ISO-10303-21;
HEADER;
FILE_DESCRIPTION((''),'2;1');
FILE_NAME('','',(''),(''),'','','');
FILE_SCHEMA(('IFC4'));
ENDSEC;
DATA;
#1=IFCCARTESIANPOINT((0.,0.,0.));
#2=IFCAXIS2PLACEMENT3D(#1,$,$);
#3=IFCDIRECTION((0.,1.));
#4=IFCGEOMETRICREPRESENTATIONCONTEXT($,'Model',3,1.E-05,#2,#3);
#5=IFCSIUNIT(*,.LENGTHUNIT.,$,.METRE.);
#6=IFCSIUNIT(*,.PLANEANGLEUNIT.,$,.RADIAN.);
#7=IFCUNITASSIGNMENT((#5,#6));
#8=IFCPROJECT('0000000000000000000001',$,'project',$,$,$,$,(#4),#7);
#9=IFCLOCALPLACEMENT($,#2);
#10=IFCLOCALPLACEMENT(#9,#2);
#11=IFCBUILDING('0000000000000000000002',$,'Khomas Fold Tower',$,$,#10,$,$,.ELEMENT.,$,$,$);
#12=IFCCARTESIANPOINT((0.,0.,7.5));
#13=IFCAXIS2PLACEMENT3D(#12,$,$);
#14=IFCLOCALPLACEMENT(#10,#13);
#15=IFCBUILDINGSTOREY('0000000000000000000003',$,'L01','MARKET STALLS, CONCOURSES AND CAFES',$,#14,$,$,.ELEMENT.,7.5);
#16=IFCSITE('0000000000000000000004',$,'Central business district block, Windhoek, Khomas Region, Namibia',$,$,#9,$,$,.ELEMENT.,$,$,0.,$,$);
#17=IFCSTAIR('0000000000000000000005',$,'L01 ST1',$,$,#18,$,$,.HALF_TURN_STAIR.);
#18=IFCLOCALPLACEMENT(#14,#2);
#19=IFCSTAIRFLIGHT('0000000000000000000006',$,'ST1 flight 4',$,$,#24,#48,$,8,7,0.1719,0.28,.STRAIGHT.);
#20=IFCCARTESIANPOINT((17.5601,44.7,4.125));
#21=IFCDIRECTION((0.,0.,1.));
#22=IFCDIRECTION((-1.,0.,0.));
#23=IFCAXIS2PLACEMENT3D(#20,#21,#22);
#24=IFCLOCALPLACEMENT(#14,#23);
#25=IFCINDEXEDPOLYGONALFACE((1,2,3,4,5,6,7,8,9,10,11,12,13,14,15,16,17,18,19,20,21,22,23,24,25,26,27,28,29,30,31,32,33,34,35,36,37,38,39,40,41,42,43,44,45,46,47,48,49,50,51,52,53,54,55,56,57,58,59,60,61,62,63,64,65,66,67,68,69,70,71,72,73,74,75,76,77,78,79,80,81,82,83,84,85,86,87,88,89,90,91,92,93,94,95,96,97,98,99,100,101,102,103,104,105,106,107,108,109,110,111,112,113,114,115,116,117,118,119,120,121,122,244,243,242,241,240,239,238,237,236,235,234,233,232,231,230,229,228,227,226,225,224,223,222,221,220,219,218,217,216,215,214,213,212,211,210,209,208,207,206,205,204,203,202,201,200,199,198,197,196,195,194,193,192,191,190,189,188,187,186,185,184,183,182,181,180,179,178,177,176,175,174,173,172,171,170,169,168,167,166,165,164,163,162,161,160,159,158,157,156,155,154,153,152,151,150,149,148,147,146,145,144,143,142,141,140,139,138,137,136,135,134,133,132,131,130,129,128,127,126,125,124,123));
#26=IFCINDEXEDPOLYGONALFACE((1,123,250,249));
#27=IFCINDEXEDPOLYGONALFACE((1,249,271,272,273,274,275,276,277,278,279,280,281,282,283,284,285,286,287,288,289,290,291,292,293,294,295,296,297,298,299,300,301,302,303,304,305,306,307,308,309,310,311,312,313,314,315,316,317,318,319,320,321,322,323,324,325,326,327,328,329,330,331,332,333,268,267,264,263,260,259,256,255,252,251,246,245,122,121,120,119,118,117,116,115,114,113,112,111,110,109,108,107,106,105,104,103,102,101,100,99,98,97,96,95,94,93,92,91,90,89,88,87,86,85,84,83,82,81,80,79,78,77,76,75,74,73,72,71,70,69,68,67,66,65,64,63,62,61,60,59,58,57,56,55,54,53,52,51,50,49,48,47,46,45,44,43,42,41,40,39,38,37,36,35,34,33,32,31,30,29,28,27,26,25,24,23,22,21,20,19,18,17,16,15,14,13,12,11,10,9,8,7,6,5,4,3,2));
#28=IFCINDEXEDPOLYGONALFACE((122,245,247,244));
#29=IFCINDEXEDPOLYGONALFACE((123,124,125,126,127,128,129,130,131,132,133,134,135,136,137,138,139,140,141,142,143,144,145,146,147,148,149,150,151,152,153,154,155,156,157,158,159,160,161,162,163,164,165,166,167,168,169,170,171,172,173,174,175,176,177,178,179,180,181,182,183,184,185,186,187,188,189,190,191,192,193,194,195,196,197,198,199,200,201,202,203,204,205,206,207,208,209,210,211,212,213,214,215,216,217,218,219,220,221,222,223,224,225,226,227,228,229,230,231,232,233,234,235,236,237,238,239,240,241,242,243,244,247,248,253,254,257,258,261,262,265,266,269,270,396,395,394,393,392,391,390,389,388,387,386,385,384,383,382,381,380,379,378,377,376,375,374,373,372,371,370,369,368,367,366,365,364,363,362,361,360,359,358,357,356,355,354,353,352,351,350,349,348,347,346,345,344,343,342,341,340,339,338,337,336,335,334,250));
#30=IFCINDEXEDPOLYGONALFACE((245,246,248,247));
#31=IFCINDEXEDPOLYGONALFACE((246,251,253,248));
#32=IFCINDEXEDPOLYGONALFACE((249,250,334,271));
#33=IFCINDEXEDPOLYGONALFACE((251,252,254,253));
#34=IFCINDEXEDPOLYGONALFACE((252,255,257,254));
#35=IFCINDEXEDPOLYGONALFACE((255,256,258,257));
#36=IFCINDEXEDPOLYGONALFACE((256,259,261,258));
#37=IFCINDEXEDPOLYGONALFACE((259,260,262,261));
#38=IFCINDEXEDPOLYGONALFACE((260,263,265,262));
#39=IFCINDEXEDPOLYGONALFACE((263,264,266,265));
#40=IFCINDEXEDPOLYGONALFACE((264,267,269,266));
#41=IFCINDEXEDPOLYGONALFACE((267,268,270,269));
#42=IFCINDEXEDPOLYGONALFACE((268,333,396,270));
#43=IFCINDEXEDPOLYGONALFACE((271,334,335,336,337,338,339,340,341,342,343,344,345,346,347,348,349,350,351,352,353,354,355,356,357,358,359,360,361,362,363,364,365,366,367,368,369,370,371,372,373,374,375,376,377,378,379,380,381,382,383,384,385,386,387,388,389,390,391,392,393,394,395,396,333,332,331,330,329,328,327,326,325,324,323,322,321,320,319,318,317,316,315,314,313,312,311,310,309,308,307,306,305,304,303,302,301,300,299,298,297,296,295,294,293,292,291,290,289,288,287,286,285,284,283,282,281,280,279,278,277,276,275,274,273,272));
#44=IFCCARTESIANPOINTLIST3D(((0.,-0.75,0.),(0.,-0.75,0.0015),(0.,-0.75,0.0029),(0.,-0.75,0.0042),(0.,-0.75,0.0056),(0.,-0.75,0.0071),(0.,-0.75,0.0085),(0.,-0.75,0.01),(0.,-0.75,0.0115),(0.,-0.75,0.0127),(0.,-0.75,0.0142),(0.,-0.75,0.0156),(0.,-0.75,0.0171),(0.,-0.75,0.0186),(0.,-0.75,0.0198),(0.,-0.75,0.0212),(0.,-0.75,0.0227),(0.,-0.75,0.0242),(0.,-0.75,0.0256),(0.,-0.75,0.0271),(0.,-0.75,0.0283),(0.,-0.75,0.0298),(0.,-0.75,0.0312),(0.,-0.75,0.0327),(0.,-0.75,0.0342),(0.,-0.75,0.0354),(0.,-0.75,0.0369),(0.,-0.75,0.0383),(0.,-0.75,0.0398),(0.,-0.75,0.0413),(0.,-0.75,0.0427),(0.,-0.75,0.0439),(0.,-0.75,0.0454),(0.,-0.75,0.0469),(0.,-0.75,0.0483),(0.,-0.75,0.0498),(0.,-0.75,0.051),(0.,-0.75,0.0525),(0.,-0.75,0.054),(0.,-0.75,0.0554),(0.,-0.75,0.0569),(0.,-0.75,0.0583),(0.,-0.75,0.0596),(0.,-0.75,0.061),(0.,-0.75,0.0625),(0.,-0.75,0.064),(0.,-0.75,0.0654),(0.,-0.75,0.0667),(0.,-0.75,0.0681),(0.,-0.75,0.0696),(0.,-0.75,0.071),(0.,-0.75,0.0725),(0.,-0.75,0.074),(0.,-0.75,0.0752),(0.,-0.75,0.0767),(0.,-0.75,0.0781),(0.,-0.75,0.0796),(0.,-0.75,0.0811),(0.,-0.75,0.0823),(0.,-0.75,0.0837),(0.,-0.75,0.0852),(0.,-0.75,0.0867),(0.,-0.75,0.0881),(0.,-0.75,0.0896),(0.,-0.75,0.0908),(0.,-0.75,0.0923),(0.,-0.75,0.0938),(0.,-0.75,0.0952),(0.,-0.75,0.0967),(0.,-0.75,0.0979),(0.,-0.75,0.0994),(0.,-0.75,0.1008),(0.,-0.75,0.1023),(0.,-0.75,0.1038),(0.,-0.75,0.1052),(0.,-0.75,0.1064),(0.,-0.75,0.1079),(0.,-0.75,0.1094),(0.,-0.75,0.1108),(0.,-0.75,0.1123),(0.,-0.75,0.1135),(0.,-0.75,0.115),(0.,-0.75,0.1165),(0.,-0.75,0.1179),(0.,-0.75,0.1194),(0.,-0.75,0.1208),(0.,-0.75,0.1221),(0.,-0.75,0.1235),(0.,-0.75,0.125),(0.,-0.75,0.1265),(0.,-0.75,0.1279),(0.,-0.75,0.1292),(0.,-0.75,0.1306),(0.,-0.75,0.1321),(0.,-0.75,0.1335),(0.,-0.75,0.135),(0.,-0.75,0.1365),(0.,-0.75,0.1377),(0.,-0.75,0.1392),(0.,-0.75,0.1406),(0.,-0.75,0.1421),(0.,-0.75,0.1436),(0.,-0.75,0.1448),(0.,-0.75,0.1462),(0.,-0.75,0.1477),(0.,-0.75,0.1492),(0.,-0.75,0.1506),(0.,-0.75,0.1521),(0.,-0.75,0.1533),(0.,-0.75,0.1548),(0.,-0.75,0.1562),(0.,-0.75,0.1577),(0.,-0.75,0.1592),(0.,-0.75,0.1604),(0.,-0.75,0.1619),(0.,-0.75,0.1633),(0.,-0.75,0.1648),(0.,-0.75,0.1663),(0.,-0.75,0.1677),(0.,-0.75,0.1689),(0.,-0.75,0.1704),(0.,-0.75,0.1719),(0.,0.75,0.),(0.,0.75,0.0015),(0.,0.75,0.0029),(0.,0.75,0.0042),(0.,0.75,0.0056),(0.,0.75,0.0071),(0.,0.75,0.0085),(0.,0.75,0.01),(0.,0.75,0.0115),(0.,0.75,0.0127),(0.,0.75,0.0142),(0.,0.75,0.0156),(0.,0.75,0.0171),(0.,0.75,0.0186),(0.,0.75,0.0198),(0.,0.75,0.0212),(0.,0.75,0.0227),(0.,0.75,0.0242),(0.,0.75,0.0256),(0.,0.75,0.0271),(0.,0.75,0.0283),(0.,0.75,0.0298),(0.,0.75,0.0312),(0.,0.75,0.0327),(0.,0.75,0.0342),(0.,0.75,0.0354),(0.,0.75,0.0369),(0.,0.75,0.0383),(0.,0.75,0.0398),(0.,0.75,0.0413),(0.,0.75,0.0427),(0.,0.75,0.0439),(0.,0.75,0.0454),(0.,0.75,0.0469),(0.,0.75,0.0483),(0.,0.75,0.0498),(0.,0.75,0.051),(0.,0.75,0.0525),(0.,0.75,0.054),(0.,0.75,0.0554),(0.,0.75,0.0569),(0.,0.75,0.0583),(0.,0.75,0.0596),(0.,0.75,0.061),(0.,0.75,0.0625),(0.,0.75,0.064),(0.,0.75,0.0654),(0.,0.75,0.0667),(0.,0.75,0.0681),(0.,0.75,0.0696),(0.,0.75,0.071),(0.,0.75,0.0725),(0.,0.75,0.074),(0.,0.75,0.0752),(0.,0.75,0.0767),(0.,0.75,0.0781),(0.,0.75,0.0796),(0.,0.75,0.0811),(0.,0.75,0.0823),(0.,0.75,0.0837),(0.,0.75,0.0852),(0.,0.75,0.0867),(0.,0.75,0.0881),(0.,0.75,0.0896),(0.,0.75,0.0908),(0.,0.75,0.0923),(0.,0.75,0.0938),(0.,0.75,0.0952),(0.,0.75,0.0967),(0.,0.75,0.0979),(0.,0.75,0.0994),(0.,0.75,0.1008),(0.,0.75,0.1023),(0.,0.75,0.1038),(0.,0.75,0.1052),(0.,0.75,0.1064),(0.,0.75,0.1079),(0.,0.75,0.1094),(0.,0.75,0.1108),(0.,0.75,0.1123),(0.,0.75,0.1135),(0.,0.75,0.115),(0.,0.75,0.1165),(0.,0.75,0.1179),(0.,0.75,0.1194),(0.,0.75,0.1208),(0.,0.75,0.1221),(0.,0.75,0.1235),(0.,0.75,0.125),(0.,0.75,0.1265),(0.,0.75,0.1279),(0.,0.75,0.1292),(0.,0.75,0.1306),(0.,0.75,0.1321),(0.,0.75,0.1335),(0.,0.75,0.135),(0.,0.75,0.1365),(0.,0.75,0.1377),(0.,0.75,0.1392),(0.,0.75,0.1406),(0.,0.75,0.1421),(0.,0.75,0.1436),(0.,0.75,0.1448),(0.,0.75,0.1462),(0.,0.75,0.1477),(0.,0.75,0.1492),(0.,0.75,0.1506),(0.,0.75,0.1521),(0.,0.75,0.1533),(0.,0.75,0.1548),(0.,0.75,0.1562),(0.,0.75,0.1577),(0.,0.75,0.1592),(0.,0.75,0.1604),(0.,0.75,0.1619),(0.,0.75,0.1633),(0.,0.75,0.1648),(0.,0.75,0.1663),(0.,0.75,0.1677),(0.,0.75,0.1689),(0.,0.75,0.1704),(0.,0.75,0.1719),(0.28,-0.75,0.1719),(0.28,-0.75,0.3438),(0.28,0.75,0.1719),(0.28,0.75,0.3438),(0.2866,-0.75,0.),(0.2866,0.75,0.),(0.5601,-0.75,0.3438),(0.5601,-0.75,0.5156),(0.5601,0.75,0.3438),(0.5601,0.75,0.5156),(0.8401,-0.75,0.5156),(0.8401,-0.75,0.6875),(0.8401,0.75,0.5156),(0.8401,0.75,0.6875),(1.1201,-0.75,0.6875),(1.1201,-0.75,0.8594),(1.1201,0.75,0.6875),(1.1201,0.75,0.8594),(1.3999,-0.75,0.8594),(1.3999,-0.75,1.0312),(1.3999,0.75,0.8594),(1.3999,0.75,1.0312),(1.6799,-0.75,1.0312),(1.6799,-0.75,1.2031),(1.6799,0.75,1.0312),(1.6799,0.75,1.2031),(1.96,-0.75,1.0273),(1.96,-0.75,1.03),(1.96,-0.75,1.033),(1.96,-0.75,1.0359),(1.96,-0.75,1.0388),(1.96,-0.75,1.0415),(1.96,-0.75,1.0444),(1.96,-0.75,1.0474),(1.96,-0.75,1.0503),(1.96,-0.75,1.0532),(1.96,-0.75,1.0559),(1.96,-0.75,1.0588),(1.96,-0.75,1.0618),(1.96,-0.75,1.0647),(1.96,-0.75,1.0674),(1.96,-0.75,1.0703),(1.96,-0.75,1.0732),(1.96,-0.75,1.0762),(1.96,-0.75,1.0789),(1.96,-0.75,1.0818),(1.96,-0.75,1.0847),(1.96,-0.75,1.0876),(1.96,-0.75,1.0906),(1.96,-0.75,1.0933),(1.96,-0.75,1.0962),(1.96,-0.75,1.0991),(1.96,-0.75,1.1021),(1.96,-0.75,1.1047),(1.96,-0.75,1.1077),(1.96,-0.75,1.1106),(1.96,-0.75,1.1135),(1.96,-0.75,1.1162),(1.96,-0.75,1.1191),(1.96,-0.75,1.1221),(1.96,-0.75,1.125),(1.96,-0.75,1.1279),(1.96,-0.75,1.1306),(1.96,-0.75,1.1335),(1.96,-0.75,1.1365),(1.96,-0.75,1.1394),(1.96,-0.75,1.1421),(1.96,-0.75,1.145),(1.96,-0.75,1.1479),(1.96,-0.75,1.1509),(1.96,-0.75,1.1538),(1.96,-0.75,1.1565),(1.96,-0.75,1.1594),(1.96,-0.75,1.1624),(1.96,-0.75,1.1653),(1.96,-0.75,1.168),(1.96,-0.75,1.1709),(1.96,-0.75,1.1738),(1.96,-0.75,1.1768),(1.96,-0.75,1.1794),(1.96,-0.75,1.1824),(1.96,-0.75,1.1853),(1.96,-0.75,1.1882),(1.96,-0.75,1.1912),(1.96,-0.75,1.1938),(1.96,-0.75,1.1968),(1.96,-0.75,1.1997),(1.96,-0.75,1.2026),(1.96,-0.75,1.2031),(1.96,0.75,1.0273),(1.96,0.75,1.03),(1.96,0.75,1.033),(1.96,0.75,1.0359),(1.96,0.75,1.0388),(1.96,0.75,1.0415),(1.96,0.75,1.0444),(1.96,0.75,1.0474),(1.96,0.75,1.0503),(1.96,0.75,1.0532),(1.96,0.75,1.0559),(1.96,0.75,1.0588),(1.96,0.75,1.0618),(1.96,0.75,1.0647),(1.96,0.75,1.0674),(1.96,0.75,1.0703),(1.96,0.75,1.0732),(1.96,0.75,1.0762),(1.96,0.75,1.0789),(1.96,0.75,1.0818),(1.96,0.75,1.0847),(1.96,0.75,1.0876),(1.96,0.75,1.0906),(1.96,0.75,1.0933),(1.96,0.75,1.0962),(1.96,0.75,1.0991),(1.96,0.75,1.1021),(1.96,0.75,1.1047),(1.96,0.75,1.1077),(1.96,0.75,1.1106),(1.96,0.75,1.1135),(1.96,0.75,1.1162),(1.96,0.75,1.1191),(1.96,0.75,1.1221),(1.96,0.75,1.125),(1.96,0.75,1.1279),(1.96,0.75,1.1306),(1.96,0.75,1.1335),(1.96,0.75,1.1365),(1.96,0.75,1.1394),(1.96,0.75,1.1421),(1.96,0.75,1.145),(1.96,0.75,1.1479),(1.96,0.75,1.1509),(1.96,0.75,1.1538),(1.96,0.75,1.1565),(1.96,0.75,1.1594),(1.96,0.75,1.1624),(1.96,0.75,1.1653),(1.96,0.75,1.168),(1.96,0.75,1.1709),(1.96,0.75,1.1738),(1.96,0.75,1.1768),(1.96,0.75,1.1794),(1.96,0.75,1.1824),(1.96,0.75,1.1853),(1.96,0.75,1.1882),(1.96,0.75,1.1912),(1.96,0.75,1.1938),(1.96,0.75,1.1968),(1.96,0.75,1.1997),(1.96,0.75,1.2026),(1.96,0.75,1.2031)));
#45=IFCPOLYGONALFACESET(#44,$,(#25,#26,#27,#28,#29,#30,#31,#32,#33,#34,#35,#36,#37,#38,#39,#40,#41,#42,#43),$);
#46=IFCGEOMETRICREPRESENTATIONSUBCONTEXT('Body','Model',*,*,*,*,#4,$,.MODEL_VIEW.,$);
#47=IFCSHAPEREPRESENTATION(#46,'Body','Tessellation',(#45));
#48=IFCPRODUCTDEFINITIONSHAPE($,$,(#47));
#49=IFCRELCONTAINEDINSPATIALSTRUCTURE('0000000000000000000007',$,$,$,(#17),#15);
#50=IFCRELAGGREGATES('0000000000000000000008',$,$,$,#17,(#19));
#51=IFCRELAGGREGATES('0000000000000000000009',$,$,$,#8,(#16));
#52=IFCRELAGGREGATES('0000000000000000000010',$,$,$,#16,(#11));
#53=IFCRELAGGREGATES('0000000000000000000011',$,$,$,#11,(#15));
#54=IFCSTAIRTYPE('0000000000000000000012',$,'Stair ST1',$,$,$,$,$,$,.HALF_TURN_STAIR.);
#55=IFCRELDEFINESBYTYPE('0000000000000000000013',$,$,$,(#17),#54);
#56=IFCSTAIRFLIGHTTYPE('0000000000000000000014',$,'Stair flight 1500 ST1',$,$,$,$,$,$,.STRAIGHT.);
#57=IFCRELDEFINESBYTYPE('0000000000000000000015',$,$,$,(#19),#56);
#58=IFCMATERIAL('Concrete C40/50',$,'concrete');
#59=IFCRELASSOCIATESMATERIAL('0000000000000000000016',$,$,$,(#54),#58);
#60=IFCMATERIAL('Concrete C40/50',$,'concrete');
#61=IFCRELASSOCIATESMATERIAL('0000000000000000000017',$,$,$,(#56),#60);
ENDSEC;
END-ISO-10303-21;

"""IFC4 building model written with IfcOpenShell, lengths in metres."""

from ifc_helpers import new_model, si_unit, direction, frame, origin, place, context, subcontext, project, spatial, polyline, outline, extrude, source, transform, mapped, material, type_object, element, aggregate, save


model = new_model("IFC4")

# Units and contexts
model_context = context("Model", 3, precision=1e-05, world=origin(), true_north=direction((0.0, 1.0)))
body_context = subcontext(model_context, "Body", "Model", "MODEL_VIEW")
ifc_project = project(units=[si_unit("LENGTHUNIT", "METRE"), si_unit("PLANEANGLEUNIT", "RADIAN")], contexts=[model_context])

# Site, building, storey
site_placement = place(None, origin())
site = spatial("IfcSite", under=ifc_project, at=site_placement, Name="Central business district block, Windhoek, Khomas Region, Namibia", CompositionType="ELEMENT", RefElevation=0.0)
building_placement = place(site_placement, origin())
building = spatial("IfcBuilding", under=site, at=building_placement, Name="Khomas Fold Tower", CompositionType="ELEMENT")
storey_placement = place(building_placement, frame((0.0, 0.0, 7.5)))
storey = spatial("IfcBuildingStorey", under=building, at=storey_placement, Name="L01", Description="MARKET STALLS, CONCOURSES AND CAFES", CompositionType="ELEMENT", Elevation=7.5)

# Stair, stair flight
ifc_material_1 = material(Name="Concrete C40/50", Category="concrete")
stair_type_1 = type_object("IfcStairType", Name="Stair ST1", PredefinedType="HALF_TURN_STAIR", material=ifc_material_1)
stair_1_placement = place(storey_placement, origin())
stair_1 = element("IfcStair", 1, at=stair_1_placement, inside=storey, type_object=stair_type_1, Name="L01 ST1", PredefinedType="HALF_TURN_STAIR")
ifc_material_2 = material(Name="Concrete C40/50", Category="concrete")
stair_flight_type_1 = type_object("IfcStairFlightType", Name="Stair flight 1500 ST1", PredefinedType="STRAIGHT", material=ifc_material_2)
shared_shape_1 = source(origin(), body_context, "Body", "SweptSolid", [
    extrude(outline(polyline([(0.0, 0.0), (0.0, 0.0015), (0.0, 0.0029), (0.0, 0.0042), (0.0, 0.0056), (0.0, 0.0071), (0.0, 0.0085), (0.0, 0.01), (0.0, 0.0115), (0.0, 0.0127), (0.0, 0.0142), (0.0, 0.0156), (0.0, 0.0171), (0.0, 0.0186), (0.0, 0.0198), (0.0, 0.0212), (0.0, 0.0227), (0.0, 0.0242), (0.0, 0.0256), (0.0, 0.0271), (0.0, 0.0283), (0.0, 0.0298), (0.0, 0.0312), (0.0, 0.0327), (0.0, 0.0342), (0.0, 0.0354), (0.0, 0.0369), (0.0, 0.0383), (0.0, 0.0398), (0.0, 0.0413), (0.0, 0.0427), (0.0, 0.0439), (0.0, 0.0454), (0.0, 0.0469), (0.0, 0.0483), (0.0, 0.0498), (0.0, 0.051), (0.0, 0.0525), (0.0, 0.054), (0.0, 0.0554), (0.0, 0.0569), (0.0, 0.0583), (0.0, 0.0596), (0.0, 0.061), (0.0, 0.0625), (0.0, 0.064), (0.0, 0.0654), (0.0, 0.0667), (0.0, 0.0681), (0.0, 0.0696), (0.0, 0.071), (0.0, 0.0725), (0.0, 0.074), (0.0, 0.0752), (0.0, 0.0767), (0.0, 0.0781), (0.0, 0.0796), (0.0, 0.0811), (0.0, 0.0823), (0.0, 0.0837), (0.0, 0.0852), (0.0, 0.0867), (0.0, 0.0881), (0.0, 0.0896), (0.0, 0.0908), (0.0, 0.0923), (0.0, 0.0938), (0.0, 0.0952), (0.0, 0.0967), (0.0, 0.0979), (0.0, 0.0994), (0.0, 0.1008), (0.0, 0.1023), (0.0, 0.1038), (0.0, 0.1052), (0.0, 0.1064), (0.0, 0.1079), (0.0, 0.1094), (0.0, 0.1108), (0.0, 0.1123), (0.0, 0.1135), (0.0, 0.115), (0.0, 0.1165), (0.0, 0.1179), (0.0, 0.1194), (0.0, 0.1208), (0.0, 0.1221), (0.0, 0.1235), (0.0, 0.125), (0.0, 0.1265), (0.0, 0.1279), (0.0, 0.1292), (0.0, 0.1306), (0.0, 0.1321), (0.0, 0.1335), (0.0, 0.135), (0.0, 0.1365), (0.0, 0.1377), (0.0, 0.1392), (0.0, 0.1406), (0.0, 0.1421), (0.0, 0.1436), (0.0, 0.1448), (0.0, 0.1462), (0.0, 0.1477), (0.0, 0.1492), (0.0, 0.1506), (0.0, 0.1521), (0.0, 0.1533), (0.0, 0.1548), (0.0, 0.1562), (0.0, 0.1577), (0.0, 0.1592), (0.0, 0.1604), (0.0, 0.1619), (0.0, 0.1633), (0.0, 0.1648), (0.0, 0.1663), (0.0, 0.1677), (0.0, 0.1689), (0.0, 0.1704), (0.0, 0.1719), (0.28, 0.1719), (0.28, 0.3438), (0.5601, 0.3438), (0.5601, 0.5156), (0.8401, 0.5156), (0.8401, 0.6875), (1.1201, 0.6875), (1.1201, 0.8594), (1.3999, 0.8594), (1.3999, 1.0312), (1.6799, 1.0312), (1.6799, 1.2031), (1.96, 1.2031), (1.96, 1.375), (1.96, 1.3721), (1.96, 1.3691), (1.96, 1.3665), (1.96, 1.3635), (1.96, 1.3606), (1.96, 1.3577), (1.96, 1.355), (1.96, 1.3521), (1.96, 1.3491), (1.96, 1.3462), (1.96, 1.3435), (1.96, 1.3406), (1.96, 1.3376), (1.96, 1.3347), (1.96, 1.3318), (1.96, 1.3291), (1.96, 1.3262), (1.96, 1.3232), (1.96, 1.3203), (1.96, 1.3176), (1.96, 1.3147), (1.96, 1.3118), (1.96, 1.3088), (1.96, 1.3059), (1.96, 1.3032), (1.96, 1.3003), (1.96, 1.2974), (1.96, 1.2944), (1.96, 1.2917), (1.96, 1.2888), (1.96, 1.2859), (1.96, 1.283), (1.96, 1.2803), (1.96, 1.2773), (1.96, 1.2744), (1.96, 1.2715), (1.96, 1.2686), (1.96, 1.2659), (1.96, 1.2629), (1.96, 1.26), (1.96, 1.2571), (1.96, 1.2544), (1.96, 1.2515), (1.96, 1.2485), (1.96, 1.2456), (1.96, 1.2427), (1.96, 1.24), (1.96, 1.2371), (1.96, 1.2341), (1.96, 1.2312), (1.96, 1.2285), (1.96, 1.2256), (1.96, 1.2227), (1.96, 1.2197), (1.96, 1.217), (1.96, 1.2141), (1.96, 1.2112), (1.96, 1.2083), (1.96, 1.2053), (1.96, 1.2026), (1.96, 1.1997), (1.96, 1.1968), (1.96, 1.1938), (1.96, 1.1912), (1.96, 1.1882), (1.96, 1.1853), (1.96, 1.1824), (1.96, 1.1794), (1.96, 1.1768), (1.96, 1.1738), (1.96, 1.1709), (1.96, 1.168), (1.96, 1.1653), (1.96, 1.1624), (1.96, 1.1594), (1.96, 1.1565), (1.96, 1.1538), (1.96, 1.1509), (1.96, 1.1479), (1.96, 1.145), (1.96, 1.1421), (1.96, 1.1394), (1.96, 1.1365), (1.96, 1.1335), (1.96, 1.1306), (1.96, 1.1279), (1.96, 1.125), (1.96, 1.1221), (1.96, 1.1191), (1.96, 1.1162), (1.96, 1.1135), (1.96, 1.1106), (1.96, 1.1077), (1.96, 1.1047), (1.96, 1.1021), (1.96, 1.0991), (1.96, 1.0962), (1.96, 1.0933), (1.96, 1.0906), (1.96, 1.0876), (1.96, 1.0847), (1.96, 1.0818), (1.96, 1.0789), (1.96, 1.0762), (1.96, 1.0732), (1.96, 1.0703), (1.96, 1.0674), (1.96, 1.0647), (1.96, 1.0618), (1.96, 1.0588), (1.96, 1.0559), (1.96, 1.0532), (1.96, 1.0503), (1.96, 1.0474), (1.96, 1.0444), (1.96, 1.0415), (1.96, 1.0388), (1.96, 1.0359), (1.96, 1.033), (1.96, 1.03), (1.96, 1.0273), (0.2866, 0.0), (0.0, 0.0)])), frame((0.0, 0.75, 0.0), z_axis=(0.0, -1.0, 0.0), x_axis=(1.0, 0.0, 0.0)), (0.0, 0.0, 1.0), 1.5),
])
stair_flight_1_placement = place(storey_placement, frame((17.5601, 44.7, 4.125), z_axis=(0.0, 0.0, 1.0), x_axis=(-1.0, 0.0, 0.0)))
stair_flight_1 = element("IfcStairFlight", 2, at=stair_flight_1_placement, type_object=stair_flight_type_1, Name="ST1 flight 4", NumberOfRisers=8, NumberOfTreads=7, PredefinedType="STRAIGHT", RiserHeight=0.1719, TreadLength=0.28, context=body_context, shape_type="MappedRepresentation", body=[
    mapped(shared_shape_1, transform((0.0, 0.0, 0.0))),
])
aggregate(stair_1, [stair_flight_1])

save(model, "model.ifc")
